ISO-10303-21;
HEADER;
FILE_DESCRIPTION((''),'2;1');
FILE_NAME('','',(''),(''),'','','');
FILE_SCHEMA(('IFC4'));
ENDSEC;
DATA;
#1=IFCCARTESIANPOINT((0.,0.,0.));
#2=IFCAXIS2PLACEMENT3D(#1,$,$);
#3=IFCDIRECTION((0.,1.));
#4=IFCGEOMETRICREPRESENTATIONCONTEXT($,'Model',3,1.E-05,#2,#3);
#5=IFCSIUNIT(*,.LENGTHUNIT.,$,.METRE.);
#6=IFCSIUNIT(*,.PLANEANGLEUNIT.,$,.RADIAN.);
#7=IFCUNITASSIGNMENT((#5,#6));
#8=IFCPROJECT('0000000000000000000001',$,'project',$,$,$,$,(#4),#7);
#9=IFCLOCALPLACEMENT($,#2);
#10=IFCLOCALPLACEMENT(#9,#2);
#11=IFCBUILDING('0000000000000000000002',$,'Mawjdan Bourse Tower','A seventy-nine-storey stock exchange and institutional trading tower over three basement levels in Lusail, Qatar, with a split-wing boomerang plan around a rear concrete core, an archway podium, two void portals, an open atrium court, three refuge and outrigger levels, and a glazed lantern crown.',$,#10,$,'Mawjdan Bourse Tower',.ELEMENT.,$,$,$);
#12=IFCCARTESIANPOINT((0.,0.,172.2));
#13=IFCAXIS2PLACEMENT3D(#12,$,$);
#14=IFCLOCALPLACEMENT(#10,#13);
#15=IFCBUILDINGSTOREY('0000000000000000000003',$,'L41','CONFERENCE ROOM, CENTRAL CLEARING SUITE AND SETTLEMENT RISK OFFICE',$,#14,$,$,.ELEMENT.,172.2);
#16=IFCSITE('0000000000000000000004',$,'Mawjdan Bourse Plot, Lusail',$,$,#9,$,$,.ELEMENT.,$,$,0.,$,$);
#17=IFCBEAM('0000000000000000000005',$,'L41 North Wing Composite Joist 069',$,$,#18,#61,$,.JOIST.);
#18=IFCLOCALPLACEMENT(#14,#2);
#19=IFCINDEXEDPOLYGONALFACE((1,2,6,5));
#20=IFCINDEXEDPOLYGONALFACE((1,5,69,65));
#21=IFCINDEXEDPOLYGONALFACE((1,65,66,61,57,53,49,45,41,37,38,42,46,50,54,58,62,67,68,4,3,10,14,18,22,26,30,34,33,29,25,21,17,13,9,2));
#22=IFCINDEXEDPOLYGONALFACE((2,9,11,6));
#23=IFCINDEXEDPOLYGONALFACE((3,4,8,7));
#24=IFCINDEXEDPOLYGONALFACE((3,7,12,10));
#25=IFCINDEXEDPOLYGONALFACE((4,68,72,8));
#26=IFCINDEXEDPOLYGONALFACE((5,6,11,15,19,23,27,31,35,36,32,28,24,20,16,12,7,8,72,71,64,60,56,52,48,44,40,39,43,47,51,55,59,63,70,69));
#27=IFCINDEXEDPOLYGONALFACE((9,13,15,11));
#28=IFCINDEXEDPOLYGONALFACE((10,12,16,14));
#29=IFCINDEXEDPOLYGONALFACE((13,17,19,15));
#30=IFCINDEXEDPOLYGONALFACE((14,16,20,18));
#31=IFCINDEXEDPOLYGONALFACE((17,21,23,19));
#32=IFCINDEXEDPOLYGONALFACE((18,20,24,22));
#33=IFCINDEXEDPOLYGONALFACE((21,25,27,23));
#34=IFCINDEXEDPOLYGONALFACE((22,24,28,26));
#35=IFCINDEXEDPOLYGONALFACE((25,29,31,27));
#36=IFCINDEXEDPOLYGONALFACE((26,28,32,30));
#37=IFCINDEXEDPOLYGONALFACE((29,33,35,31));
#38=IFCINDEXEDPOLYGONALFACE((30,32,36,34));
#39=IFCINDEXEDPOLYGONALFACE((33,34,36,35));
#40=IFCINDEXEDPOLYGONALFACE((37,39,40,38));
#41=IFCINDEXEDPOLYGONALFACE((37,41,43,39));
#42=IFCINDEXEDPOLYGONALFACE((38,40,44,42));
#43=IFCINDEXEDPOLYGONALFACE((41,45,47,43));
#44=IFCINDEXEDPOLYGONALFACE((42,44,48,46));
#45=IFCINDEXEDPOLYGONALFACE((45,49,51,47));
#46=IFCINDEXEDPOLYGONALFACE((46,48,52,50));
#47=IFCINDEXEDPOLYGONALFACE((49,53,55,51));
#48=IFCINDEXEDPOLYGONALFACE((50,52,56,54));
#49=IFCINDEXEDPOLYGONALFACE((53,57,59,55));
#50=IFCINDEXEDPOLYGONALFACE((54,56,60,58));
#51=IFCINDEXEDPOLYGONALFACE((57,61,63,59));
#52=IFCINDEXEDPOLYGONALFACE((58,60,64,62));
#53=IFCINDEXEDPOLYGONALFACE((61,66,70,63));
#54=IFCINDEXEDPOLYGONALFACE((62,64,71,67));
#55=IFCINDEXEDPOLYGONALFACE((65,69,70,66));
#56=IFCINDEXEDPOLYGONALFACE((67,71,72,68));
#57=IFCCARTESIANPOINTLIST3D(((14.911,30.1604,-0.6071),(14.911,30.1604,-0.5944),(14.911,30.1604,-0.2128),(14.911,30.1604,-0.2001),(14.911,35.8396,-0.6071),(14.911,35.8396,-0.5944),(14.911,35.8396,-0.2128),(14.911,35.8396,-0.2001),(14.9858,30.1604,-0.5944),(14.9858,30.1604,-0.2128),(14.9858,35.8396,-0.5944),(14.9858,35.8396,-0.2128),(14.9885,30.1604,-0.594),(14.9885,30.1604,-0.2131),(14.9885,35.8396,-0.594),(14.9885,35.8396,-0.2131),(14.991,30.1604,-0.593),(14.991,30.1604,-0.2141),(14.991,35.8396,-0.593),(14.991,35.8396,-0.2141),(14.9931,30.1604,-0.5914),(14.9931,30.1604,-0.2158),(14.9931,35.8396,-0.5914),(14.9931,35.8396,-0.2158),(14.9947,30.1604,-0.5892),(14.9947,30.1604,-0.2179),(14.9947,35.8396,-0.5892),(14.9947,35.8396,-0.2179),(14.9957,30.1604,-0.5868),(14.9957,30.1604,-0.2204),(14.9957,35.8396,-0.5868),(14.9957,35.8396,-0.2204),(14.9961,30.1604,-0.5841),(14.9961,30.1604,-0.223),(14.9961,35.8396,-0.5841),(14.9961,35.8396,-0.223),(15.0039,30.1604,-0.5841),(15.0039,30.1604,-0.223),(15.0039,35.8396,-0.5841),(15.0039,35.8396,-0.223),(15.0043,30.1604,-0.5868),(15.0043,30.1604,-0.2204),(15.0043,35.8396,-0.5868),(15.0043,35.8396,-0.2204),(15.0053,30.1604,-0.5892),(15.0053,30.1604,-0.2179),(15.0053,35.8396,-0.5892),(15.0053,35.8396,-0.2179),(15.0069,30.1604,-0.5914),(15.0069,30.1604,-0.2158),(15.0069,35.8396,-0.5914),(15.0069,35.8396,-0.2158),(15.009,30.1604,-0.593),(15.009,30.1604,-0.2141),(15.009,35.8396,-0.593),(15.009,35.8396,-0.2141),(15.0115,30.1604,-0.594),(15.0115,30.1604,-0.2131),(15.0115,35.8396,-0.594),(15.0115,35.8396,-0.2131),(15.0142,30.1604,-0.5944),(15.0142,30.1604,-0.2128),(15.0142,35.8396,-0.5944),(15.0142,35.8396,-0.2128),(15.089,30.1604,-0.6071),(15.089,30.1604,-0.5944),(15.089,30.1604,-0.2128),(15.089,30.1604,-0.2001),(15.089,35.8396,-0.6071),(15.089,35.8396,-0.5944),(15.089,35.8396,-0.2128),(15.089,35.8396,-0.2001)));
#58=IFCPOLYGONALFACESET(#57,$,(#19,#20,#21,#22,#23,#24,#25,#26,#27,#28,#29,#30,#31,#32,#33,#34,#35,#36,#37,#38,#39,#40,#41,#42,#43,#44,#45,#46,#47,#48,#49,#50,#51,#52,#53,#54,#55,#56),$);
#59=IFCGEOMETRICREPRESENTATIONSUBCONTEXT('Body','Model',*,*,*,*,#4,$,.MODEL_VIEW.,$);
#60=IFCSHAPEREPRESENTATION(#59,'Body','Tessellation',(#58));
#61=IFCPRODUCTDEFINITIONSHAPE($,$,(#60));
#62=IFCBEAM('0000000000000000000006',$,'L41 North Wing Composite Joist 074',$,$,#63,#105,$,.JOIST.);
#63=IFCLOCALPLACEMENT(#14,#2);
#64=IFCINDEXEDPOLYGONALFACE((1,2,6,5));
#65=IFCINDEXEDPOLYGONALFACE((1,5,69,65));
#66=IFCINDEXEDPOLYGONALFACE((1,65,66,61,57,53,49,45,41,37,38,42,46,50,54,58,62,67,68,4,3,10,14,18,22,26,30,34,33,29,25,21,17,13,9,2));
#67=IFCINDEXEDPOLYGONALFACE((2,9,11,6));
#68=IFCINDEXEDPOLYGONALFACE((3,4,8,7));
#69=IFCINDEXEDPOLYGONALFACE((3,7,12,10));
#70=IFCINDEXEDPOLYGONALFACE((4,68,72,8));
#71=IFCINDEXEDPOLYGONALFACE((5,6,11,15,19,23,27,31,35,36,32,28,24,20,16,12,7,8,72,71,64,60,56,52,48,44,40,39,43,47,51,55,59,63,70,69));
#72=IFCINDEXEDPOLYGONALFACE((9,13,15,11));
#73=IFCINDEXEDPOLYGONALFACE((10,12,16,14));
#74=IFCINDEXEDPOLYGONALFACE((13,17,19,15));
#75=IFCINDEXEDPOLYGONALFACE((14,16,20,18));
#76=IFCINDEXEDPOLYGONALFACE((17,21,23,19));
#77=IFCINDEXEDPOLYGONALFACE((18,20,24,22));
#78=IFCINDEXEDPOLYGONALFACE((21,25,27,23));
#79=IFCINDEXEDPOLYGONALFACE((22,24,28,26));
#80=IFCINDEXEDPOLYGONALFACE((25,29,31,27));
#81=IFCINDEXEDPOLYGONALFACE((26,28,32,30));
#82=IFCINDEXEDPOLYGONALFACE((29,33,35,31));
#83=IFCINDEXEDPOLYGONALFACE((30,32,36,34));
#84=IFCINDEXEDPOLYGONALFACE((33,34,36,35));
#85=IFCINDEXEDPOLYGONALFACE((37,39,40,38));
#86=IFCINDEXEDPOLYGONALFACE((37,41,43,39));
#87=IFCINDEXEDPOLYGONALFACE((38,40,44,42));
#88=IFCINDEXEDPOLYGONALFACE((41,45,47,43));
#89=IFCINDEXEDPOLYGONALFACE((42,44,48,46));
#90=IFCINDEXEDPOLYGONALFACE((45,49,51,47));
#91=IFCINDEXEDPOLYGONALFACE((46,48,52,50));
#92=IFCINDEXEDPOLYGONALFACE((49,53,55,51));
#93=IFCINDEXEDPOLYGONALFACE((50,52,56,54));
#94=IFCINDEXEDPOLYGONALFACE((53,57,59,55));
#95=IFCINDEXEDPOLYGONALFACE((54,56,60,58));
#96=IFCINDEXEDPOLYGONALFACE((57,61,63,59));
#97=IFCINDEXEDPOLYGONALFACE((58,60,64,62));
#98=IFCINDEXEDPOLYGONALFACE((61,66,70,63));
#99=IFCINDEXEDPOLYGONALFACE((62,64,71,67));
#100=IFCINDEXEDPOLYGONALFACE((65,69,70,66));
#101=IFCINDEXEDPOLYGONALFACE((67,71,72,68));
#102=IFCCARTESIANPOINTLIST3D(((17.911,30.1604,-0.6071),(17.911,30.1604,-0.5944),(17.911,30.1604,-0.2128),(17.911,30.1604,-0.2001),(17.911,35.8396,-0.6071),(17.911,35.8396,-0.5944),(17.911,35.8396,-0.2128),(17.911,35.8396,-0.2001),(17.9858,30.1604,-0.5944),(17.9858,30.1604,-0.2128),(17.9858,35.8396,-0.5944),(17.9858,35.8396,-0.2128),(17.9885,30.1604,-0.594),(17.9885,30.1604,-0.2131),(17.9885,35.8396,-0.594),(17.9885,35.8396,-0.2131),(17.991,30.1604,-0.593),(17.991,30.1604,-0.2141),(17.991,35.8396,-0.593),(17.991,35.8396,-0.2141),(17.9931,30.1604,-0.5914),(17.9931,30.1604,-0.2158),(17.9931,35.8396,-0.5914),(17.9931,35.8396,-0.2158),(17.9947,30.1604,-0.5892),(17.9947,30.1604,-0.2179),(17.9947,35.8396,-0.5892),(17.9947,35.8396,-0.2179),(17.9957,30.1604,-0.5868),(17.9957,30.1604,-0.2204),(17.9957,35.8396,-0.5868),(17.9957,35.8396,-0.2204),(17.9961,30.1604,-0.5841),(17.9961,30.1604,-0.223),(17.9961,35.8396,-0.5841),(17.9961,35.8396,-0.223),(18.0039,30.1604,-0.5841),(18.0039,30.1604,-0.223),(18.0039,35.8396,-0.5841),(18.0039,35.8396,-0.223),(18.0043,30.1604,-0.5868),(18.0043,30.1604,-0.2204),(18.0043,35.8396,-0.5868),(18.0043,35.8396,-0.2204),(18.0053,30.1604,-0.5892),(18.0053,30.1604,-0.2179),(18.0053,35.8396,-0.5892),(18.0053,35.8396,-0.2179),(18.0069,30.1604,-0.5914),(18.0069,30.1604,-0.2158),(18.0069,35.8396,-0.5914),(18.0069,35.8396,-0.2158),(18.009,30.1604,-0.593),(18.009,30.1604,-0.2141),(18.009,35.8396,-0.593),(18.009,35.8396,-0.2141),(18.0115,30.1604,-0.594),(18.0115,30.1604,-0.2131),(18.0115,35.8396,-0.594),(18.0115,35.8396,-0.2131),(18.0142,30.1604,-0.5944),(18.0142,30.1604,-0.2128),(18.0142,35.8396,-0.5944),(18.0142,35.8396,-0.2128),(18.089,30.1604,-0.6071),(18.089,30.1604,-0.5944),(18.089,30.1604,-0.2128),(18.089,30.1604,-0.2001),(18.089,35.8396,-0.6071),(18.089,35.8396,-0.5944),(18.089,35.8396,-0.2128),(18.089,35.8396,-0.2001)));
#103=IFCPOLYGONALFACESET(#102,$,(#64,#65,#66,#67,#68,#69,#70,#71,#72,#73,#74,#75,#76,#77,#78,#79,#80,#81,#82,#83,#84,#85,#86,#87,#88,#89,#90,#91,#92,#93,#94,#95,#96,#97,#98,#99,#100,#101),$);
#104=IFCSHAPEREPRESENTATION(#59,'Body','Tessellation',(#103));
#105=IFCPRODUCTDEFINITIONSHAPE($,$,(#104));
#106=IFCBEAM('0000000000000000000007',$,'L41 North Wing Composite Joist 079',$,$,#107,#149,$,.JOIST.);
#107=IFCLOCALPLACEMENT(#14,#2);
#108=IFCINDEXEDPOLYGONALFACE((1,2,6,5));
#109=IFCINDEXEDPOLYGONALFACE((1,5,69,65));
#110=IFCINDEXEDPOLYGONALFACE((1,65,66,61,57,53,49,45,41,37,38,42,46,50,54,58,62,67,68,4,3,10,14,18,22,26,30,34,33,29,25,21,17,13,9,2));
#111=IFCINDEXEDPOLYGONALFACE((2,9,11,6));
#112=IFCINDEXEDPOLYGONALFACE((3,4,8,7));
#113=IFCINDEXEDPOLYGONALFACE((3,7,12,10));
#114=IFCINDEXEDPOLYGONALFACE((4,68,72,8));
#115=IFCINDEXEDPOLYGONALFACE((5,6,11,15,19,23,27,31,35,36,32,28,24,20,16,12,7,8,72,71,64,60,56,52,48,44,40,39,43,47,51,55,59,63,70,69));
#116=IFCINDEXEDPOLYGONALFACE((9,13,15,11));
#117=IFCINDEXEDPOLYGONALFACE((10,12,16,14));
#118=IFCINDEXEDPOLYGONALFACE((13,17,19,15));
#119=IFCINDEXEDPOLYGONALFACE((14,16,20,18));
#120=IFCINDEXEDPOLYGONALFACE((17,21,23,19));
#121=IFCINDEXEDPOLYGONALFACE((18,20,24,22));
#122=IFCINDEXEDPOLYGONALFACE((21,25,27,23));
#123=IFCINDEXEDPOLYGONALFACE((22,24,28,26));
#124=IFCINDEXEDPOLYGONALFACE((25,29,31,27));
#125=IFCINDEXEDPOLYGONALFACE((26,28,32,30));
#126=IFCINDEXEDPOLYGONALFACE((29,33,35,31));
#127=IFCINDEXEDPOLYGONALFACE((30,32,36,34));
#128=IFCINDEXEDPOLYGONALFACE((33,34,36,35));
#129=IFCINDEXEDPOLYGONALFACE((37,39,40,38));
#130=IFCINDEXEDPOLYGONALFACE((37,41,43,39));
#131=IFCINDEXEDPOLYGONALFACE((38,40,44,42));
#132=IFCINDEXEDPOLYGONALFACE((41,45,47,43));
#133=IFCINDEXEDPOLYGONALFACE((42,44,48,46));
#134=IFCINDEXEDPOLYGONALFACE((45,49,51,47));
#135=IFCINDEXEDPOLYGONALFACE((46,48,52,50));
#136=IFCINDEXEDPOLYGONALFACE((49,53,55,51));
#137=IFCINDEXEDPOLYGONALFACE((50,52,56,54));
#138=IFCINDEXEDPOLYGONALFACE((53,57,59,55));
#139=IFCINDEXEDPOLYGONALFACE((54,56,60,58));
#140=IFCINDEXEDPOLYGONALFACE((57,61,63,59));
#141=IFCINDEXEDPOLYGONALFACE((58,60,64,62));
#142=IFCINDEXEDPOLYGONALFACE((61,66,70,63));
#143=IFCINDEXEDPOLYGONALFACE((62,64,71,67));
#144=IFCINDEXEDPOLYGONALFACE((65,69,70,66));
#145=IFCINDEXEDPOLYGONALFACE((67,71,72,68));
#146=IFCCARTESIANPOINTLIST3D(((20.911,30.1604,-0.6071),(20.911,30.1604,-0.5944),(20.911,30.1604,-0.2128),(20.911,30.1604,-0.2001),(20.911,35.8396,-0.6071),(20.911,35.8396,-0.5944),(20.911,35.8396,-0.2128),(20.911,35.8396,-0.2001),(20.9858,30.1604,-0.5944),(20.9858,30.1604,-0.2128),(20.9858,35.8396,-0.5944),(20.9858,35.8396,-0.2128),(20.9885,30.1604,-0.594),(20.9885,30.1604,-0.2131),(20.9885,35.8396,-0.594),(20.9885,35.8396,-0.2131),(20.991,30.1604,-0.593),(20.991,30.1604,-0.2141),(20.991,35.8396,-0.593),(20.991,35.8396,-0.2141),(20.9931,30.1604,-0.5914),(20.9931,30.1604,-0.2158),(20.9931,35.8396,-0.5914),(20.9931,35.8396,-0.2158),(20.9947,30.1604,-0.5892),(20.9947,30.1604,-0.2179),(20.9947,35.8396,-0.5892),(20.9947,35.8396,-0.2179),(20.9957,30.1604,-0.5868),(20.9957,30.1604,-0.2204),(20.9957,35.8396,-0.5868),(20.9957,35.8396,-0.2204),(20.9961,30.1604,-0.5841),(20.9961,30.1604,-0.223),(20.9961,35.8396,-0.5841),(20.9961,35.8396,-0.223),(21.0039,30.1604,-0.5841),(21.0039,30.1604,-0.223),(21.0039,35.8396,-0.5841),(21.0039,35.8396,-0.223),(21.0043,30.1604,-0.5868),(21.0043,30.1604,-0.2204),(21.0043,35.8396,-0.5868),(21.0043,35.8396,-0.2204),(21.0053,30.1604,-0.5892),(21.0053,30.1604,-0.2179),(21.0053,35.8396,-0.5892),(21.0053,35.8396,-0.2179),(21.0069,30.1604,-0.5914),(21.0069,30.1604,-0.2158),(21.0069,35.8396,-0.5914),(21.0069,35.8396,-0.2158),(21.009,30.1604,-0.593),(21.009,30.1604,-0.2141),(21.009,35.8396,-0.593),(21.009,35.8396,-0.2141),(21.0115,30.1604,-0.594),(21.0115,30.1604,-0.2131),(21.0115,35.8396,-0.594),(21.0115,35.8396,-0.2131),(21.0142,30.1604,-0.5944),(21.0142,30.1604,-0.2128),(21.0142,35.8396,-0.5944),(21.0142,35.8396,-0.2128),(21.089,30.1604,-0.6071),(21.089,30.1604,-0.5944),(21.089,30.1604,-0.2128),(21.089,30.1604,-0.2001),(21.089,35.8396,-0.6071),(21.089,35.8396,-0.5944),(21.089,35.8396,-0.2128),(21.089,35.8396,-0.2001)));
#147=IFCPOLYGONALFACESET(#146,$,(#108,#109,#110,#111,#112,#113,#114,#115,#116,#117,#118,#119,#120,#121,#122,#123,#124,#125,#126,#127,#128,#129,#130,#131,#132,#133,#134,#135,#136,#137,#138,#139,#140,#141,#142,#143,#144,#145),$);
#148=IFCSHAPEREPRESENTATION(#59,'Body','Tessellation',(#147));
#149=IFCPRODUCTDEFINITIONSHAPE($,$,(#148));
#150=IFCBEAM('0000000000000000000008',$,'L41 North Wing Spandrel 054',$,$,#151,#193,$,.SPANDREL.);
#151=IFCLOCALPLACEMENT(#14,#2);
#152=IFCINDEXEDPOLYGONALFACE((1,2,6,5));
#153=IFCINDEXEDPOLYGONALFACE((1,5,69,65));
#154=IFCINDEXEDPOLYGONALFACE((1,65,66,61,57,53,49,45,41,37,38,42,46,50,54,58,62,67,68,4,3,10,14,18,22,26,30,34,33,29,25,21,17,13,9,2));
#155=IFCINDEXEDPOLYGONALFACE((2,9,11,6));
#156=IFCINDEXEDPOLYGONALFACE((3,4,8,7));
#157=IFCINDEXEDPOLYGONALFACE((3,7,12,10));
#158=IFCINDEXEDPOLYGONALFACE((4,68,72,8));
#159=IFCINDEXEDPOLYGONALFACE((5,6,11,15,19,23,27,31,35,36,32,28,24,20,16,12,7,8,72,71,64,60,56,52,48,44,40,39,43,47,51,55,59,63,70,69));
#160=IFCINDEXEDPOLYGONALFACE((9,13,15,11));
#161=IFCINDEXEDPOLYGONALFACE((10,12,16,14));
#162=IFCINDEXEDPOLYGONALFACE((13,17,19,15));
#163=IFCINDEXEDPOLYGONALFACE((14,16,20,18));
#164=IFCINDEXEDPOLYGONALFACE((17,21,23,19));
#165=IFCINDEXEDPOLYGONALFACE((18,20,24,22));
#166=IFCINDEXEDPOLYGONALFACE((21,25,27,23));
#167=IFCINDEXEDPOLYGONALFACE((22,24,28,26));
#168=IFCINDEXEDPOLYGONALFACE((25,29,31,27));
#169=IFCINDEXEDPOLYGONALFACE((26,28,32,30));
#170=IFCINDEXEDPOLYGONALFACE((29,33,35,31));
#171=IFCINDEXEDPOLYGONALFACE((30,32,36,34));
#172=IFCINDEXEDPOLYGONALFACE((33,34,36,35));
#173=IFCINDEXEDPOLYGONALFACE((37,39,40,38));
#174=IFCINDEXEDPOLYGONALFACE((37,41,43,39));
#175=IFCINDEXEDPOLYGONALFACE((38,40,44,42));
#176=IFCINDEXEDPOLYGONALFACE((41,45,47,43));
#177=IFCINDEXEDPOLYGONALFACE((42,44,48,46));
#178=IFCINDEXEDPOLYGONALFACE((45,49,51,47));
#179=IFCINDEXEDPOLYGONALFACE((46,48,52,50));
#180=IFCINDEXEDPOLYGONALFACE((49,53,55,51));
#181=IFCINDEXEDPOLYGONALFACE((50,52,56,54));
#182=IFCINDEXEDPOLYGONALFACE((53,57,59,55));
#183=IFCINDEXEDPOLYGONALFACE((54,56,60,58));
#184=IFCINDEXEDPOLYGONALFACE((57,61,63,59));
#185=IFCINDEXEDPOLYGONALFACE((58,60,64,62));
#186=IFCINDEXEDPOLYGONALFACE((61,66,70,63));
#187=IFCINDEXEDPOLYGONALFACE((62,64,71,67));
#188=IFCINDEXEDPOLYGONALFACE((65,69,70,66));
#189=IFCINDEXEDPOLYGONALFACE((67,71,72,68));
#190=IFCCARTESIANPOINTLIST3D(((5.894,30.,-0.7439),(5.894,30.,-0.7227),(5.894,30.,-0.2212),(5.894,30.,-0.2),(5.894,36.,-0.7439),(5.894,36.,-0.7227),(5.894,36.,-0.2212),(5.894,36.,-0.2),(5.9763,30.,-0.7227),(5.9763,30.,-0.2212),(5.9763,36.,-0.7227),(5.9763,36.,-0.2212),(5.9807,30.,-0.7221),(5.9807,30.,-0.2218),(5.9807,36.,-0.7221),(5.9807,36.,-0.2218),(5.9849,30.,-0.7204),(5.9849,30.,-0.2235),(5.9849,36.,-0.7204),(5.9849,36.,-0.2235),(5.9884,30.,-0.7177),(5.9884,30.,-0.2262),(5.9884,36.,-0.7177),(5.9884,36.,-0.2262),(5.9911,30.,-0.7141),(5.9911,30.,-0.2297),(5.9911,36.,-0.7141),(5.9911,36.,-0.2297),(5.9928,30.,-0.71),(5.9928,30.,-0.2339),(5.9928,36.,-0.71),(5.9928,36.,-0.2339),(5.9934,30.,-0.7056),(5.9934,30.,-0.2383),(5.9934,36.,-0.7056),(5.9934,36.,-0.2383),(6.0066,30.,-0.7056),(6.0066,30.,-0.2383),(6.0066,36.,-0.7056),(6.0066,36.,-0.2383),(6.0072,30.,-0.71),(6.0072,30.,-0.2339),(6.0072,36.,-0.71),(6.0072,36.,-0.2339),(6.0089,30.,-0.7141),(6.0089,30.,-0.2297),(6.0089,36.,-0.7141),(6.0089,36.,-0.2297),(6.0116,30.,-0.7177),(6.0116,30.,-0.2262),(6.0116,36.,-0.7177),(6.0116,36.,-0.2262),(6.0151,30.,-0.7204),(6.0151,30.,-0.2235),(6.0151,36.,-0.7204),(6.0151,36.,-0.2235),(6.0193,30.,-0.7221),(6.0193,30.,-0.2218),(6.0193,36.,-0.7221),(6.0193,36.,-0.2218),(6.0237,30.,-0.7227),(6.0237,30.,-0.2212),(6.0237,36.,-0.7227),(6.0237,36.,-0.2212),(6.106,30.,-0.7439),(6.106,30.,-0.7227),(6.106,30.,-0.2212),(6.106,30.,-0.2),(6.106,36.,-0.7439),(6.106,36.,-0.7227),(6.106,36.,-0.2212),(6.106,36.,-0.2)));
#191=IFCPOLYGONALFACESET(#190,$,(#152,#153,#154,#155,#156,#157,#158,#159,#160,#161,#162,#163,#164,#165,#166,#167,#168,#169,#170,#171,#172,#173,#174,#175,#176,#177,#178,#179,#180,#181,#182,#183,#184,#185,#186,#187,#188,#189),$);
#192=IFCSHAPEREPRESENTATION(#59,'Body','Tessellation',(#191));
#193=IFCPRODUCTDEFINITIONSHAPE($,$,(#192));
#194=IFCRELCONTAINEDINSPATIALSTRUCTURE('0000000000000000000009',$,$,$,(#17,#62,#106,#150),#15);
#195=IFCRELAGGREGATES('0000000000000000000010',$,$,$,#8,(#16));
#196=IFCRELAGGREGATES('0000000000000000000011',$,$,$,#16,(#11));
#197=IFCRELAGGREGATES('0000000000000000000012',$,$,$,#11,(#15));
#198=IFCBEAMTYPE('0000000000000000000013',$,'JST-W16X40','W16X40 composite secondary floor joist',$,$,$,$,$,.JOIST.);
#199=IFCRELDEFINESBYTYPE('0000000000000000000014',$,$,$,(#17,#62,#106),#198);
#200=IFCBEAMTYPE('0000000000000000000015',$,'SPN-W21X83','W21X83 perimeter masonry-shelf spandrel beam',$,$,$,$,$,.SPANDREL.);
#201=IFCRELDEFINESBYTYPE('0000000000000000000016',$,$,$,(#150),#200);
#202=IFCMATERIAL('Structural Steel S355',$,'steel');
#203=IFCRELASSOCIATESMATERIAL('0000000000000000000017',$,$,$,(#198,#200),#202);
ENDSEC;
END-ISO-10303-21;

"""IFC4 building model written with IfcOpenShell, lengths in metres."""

from ifc_helpers import new_model, si_unit, direction, frame, origin, origin_2d, place, context, subcontext, project, spatial, i_section, extrude, material, material_profile, profile_set, type_object, element, save


model = new_model("IFC4")

# Units and contexts
model_context = context("Model", 3, precision=1e-05, world=origin(), true_north=direction((0.0, 1.0)))
body_context = subcontext(model_context, "Body", "Model", "MODEL_VIEW")
ifc_project = project(units=[si_unit("LENGTHUNIT", "METRE"), si_unit("PLANEANGLEUNIT", "RADIAN")], contexts=[model_context])

# Site, building, storey
site_placement = place(None, origin())
site = spatial("IfcSite", under=ifc_project, at=site_placement, Name="Mawjdan Bourse Plot, Lusail", CompositionType="ELEMENT", RefElevation=0.0)
building_placement = place(site_placement, origin())
building = spatial("IfcBuilding", under=site, at=building_placement, Name="Mawjdan Bourse Tower", Description="A seventy-nine-storey stock exchange and institutional trading tower over three basement levels in Lusail, Qatar, with a split-wing boomerang plan around a rear concrete core, an archway podium, two void portals, an open atrium court, three refuge and outrigger levels, and a glazed lantern crown.", LongName="Mawjdan Bourse Tower", CompositionType="ELEMENT")
storey_placement = place(building_placement, frame((0.0, 0.0, 172.2)))
storey = spatial("IfcBuildingStorey", under=building, at=storey_placement, Name="L41", Description="CONFERENCE ROOM, CENTRAL CLEARING SUITE AND SETTLEMENT RISK OFFICE", CompositionType="ELEMENT", Elevation=172.2)

# Beams
ifc_material_1 = material(Name="Structural Steel S355", Category="steel")
ifc_material_profile_1 = material_profile(ifc_material_1, i_section(OverallWidth=0.178, OverallDepth=0.407, WebThickness=0.0078, FlangeThickness=0.0127, FilletRadius=0.0103, at=origin_2d()), Name="W16X40")
ifc_profile_set_1 = profile_set([ifc_material_profile_1], Name="Structural Steel S355")
beam_type_1 = type_object("IfcBeamType", Name="JST-W16X40", Description="W16X40 composite secondary floor joist", PredefinedType="JOIST", material=ifc_profile_set_1)
for number, where, z_axis, x_axis, name in (
    (1, (15.0, 30.1604, -0.4036), (0.0, 1.0, 0.0), (-1.0, 0.0, 0.0), "L41 North Wing Composite Joist 069"),
    (2, (18.0, 30.1604, -0.4036), (0.0, 1.0, 0.0), (-1.0, 0.0, 0.0), "L41 North Wing Composite Joist 074"),
    (3, (21.0, 30.1604, -0.4036), (0.0, 1.0, 0.0), (-1.0, 0.0, 0.0), "L41 North Wing Composite Joist 079"),
):
    element("IfcBeam", number, at=place(storey_placement, frame(where, z_axis=z_axis, x_axis=x_axis)), inside=storey, type_object=beam_type_1, Name=name, PredefinedType="JOIST", context=body_context, shape_type="SweptSolid", body=[
        extrude(i_section(OverallWidth=0.178, OverallDepth=0.407, WebThickness=0.0078, FlangeThickness=0.0127, FilletRadius=0.0103, at=origin_2d()), origin(), (0.0, 0.0, 1.0), 5.6792),
    ])
ifc_material_profile_2 = material_profile(ifc_material_1, i_section(OverallWidth=0.2119, OverallDepth=0.5439, WebThickness=0.0132, FlangeThickness=0.0212, FilletRadius=0.0171, at=origin_2d()), Name="W21X83")
ifc_profile_set_2 = profile_set([ifc_material_profile_2], Name="Structural Steel S355")
beam_type_2 = type_object("IfcBeamType", Name="SPN-W21X83", Description="W21X83 perimeter masonry-shelf spandrel beam", PredefinedType="SPANDREL", material=ifc_profile_set_2)
beam_placement = place(storey_placement, frame((6.0, 30.0, -0.4719), z_axis=(0.0, 1.0, 0.0), x_axis=(-1.0, 0.0, 0.0)))
element("IfcBeam", 4, at=beam_placement, inside=storey, type_object=beam_type_2, Name="L41 North Wing Spandrel 054", PredefinedType="SPANDREL", context=body_context, shape_type="SweptSolid", body=[
    extrude(i_section(OverallWidth=0.2119, OverallDepth=0.5439, WebThickness=0.0132, FlangeThickness=0.0212, FilletRadius=0.0171, at=origin_2d()), origin(), (0.0, 0.0, 1.0), 6.0),
])

save(model, "model.ifc")
